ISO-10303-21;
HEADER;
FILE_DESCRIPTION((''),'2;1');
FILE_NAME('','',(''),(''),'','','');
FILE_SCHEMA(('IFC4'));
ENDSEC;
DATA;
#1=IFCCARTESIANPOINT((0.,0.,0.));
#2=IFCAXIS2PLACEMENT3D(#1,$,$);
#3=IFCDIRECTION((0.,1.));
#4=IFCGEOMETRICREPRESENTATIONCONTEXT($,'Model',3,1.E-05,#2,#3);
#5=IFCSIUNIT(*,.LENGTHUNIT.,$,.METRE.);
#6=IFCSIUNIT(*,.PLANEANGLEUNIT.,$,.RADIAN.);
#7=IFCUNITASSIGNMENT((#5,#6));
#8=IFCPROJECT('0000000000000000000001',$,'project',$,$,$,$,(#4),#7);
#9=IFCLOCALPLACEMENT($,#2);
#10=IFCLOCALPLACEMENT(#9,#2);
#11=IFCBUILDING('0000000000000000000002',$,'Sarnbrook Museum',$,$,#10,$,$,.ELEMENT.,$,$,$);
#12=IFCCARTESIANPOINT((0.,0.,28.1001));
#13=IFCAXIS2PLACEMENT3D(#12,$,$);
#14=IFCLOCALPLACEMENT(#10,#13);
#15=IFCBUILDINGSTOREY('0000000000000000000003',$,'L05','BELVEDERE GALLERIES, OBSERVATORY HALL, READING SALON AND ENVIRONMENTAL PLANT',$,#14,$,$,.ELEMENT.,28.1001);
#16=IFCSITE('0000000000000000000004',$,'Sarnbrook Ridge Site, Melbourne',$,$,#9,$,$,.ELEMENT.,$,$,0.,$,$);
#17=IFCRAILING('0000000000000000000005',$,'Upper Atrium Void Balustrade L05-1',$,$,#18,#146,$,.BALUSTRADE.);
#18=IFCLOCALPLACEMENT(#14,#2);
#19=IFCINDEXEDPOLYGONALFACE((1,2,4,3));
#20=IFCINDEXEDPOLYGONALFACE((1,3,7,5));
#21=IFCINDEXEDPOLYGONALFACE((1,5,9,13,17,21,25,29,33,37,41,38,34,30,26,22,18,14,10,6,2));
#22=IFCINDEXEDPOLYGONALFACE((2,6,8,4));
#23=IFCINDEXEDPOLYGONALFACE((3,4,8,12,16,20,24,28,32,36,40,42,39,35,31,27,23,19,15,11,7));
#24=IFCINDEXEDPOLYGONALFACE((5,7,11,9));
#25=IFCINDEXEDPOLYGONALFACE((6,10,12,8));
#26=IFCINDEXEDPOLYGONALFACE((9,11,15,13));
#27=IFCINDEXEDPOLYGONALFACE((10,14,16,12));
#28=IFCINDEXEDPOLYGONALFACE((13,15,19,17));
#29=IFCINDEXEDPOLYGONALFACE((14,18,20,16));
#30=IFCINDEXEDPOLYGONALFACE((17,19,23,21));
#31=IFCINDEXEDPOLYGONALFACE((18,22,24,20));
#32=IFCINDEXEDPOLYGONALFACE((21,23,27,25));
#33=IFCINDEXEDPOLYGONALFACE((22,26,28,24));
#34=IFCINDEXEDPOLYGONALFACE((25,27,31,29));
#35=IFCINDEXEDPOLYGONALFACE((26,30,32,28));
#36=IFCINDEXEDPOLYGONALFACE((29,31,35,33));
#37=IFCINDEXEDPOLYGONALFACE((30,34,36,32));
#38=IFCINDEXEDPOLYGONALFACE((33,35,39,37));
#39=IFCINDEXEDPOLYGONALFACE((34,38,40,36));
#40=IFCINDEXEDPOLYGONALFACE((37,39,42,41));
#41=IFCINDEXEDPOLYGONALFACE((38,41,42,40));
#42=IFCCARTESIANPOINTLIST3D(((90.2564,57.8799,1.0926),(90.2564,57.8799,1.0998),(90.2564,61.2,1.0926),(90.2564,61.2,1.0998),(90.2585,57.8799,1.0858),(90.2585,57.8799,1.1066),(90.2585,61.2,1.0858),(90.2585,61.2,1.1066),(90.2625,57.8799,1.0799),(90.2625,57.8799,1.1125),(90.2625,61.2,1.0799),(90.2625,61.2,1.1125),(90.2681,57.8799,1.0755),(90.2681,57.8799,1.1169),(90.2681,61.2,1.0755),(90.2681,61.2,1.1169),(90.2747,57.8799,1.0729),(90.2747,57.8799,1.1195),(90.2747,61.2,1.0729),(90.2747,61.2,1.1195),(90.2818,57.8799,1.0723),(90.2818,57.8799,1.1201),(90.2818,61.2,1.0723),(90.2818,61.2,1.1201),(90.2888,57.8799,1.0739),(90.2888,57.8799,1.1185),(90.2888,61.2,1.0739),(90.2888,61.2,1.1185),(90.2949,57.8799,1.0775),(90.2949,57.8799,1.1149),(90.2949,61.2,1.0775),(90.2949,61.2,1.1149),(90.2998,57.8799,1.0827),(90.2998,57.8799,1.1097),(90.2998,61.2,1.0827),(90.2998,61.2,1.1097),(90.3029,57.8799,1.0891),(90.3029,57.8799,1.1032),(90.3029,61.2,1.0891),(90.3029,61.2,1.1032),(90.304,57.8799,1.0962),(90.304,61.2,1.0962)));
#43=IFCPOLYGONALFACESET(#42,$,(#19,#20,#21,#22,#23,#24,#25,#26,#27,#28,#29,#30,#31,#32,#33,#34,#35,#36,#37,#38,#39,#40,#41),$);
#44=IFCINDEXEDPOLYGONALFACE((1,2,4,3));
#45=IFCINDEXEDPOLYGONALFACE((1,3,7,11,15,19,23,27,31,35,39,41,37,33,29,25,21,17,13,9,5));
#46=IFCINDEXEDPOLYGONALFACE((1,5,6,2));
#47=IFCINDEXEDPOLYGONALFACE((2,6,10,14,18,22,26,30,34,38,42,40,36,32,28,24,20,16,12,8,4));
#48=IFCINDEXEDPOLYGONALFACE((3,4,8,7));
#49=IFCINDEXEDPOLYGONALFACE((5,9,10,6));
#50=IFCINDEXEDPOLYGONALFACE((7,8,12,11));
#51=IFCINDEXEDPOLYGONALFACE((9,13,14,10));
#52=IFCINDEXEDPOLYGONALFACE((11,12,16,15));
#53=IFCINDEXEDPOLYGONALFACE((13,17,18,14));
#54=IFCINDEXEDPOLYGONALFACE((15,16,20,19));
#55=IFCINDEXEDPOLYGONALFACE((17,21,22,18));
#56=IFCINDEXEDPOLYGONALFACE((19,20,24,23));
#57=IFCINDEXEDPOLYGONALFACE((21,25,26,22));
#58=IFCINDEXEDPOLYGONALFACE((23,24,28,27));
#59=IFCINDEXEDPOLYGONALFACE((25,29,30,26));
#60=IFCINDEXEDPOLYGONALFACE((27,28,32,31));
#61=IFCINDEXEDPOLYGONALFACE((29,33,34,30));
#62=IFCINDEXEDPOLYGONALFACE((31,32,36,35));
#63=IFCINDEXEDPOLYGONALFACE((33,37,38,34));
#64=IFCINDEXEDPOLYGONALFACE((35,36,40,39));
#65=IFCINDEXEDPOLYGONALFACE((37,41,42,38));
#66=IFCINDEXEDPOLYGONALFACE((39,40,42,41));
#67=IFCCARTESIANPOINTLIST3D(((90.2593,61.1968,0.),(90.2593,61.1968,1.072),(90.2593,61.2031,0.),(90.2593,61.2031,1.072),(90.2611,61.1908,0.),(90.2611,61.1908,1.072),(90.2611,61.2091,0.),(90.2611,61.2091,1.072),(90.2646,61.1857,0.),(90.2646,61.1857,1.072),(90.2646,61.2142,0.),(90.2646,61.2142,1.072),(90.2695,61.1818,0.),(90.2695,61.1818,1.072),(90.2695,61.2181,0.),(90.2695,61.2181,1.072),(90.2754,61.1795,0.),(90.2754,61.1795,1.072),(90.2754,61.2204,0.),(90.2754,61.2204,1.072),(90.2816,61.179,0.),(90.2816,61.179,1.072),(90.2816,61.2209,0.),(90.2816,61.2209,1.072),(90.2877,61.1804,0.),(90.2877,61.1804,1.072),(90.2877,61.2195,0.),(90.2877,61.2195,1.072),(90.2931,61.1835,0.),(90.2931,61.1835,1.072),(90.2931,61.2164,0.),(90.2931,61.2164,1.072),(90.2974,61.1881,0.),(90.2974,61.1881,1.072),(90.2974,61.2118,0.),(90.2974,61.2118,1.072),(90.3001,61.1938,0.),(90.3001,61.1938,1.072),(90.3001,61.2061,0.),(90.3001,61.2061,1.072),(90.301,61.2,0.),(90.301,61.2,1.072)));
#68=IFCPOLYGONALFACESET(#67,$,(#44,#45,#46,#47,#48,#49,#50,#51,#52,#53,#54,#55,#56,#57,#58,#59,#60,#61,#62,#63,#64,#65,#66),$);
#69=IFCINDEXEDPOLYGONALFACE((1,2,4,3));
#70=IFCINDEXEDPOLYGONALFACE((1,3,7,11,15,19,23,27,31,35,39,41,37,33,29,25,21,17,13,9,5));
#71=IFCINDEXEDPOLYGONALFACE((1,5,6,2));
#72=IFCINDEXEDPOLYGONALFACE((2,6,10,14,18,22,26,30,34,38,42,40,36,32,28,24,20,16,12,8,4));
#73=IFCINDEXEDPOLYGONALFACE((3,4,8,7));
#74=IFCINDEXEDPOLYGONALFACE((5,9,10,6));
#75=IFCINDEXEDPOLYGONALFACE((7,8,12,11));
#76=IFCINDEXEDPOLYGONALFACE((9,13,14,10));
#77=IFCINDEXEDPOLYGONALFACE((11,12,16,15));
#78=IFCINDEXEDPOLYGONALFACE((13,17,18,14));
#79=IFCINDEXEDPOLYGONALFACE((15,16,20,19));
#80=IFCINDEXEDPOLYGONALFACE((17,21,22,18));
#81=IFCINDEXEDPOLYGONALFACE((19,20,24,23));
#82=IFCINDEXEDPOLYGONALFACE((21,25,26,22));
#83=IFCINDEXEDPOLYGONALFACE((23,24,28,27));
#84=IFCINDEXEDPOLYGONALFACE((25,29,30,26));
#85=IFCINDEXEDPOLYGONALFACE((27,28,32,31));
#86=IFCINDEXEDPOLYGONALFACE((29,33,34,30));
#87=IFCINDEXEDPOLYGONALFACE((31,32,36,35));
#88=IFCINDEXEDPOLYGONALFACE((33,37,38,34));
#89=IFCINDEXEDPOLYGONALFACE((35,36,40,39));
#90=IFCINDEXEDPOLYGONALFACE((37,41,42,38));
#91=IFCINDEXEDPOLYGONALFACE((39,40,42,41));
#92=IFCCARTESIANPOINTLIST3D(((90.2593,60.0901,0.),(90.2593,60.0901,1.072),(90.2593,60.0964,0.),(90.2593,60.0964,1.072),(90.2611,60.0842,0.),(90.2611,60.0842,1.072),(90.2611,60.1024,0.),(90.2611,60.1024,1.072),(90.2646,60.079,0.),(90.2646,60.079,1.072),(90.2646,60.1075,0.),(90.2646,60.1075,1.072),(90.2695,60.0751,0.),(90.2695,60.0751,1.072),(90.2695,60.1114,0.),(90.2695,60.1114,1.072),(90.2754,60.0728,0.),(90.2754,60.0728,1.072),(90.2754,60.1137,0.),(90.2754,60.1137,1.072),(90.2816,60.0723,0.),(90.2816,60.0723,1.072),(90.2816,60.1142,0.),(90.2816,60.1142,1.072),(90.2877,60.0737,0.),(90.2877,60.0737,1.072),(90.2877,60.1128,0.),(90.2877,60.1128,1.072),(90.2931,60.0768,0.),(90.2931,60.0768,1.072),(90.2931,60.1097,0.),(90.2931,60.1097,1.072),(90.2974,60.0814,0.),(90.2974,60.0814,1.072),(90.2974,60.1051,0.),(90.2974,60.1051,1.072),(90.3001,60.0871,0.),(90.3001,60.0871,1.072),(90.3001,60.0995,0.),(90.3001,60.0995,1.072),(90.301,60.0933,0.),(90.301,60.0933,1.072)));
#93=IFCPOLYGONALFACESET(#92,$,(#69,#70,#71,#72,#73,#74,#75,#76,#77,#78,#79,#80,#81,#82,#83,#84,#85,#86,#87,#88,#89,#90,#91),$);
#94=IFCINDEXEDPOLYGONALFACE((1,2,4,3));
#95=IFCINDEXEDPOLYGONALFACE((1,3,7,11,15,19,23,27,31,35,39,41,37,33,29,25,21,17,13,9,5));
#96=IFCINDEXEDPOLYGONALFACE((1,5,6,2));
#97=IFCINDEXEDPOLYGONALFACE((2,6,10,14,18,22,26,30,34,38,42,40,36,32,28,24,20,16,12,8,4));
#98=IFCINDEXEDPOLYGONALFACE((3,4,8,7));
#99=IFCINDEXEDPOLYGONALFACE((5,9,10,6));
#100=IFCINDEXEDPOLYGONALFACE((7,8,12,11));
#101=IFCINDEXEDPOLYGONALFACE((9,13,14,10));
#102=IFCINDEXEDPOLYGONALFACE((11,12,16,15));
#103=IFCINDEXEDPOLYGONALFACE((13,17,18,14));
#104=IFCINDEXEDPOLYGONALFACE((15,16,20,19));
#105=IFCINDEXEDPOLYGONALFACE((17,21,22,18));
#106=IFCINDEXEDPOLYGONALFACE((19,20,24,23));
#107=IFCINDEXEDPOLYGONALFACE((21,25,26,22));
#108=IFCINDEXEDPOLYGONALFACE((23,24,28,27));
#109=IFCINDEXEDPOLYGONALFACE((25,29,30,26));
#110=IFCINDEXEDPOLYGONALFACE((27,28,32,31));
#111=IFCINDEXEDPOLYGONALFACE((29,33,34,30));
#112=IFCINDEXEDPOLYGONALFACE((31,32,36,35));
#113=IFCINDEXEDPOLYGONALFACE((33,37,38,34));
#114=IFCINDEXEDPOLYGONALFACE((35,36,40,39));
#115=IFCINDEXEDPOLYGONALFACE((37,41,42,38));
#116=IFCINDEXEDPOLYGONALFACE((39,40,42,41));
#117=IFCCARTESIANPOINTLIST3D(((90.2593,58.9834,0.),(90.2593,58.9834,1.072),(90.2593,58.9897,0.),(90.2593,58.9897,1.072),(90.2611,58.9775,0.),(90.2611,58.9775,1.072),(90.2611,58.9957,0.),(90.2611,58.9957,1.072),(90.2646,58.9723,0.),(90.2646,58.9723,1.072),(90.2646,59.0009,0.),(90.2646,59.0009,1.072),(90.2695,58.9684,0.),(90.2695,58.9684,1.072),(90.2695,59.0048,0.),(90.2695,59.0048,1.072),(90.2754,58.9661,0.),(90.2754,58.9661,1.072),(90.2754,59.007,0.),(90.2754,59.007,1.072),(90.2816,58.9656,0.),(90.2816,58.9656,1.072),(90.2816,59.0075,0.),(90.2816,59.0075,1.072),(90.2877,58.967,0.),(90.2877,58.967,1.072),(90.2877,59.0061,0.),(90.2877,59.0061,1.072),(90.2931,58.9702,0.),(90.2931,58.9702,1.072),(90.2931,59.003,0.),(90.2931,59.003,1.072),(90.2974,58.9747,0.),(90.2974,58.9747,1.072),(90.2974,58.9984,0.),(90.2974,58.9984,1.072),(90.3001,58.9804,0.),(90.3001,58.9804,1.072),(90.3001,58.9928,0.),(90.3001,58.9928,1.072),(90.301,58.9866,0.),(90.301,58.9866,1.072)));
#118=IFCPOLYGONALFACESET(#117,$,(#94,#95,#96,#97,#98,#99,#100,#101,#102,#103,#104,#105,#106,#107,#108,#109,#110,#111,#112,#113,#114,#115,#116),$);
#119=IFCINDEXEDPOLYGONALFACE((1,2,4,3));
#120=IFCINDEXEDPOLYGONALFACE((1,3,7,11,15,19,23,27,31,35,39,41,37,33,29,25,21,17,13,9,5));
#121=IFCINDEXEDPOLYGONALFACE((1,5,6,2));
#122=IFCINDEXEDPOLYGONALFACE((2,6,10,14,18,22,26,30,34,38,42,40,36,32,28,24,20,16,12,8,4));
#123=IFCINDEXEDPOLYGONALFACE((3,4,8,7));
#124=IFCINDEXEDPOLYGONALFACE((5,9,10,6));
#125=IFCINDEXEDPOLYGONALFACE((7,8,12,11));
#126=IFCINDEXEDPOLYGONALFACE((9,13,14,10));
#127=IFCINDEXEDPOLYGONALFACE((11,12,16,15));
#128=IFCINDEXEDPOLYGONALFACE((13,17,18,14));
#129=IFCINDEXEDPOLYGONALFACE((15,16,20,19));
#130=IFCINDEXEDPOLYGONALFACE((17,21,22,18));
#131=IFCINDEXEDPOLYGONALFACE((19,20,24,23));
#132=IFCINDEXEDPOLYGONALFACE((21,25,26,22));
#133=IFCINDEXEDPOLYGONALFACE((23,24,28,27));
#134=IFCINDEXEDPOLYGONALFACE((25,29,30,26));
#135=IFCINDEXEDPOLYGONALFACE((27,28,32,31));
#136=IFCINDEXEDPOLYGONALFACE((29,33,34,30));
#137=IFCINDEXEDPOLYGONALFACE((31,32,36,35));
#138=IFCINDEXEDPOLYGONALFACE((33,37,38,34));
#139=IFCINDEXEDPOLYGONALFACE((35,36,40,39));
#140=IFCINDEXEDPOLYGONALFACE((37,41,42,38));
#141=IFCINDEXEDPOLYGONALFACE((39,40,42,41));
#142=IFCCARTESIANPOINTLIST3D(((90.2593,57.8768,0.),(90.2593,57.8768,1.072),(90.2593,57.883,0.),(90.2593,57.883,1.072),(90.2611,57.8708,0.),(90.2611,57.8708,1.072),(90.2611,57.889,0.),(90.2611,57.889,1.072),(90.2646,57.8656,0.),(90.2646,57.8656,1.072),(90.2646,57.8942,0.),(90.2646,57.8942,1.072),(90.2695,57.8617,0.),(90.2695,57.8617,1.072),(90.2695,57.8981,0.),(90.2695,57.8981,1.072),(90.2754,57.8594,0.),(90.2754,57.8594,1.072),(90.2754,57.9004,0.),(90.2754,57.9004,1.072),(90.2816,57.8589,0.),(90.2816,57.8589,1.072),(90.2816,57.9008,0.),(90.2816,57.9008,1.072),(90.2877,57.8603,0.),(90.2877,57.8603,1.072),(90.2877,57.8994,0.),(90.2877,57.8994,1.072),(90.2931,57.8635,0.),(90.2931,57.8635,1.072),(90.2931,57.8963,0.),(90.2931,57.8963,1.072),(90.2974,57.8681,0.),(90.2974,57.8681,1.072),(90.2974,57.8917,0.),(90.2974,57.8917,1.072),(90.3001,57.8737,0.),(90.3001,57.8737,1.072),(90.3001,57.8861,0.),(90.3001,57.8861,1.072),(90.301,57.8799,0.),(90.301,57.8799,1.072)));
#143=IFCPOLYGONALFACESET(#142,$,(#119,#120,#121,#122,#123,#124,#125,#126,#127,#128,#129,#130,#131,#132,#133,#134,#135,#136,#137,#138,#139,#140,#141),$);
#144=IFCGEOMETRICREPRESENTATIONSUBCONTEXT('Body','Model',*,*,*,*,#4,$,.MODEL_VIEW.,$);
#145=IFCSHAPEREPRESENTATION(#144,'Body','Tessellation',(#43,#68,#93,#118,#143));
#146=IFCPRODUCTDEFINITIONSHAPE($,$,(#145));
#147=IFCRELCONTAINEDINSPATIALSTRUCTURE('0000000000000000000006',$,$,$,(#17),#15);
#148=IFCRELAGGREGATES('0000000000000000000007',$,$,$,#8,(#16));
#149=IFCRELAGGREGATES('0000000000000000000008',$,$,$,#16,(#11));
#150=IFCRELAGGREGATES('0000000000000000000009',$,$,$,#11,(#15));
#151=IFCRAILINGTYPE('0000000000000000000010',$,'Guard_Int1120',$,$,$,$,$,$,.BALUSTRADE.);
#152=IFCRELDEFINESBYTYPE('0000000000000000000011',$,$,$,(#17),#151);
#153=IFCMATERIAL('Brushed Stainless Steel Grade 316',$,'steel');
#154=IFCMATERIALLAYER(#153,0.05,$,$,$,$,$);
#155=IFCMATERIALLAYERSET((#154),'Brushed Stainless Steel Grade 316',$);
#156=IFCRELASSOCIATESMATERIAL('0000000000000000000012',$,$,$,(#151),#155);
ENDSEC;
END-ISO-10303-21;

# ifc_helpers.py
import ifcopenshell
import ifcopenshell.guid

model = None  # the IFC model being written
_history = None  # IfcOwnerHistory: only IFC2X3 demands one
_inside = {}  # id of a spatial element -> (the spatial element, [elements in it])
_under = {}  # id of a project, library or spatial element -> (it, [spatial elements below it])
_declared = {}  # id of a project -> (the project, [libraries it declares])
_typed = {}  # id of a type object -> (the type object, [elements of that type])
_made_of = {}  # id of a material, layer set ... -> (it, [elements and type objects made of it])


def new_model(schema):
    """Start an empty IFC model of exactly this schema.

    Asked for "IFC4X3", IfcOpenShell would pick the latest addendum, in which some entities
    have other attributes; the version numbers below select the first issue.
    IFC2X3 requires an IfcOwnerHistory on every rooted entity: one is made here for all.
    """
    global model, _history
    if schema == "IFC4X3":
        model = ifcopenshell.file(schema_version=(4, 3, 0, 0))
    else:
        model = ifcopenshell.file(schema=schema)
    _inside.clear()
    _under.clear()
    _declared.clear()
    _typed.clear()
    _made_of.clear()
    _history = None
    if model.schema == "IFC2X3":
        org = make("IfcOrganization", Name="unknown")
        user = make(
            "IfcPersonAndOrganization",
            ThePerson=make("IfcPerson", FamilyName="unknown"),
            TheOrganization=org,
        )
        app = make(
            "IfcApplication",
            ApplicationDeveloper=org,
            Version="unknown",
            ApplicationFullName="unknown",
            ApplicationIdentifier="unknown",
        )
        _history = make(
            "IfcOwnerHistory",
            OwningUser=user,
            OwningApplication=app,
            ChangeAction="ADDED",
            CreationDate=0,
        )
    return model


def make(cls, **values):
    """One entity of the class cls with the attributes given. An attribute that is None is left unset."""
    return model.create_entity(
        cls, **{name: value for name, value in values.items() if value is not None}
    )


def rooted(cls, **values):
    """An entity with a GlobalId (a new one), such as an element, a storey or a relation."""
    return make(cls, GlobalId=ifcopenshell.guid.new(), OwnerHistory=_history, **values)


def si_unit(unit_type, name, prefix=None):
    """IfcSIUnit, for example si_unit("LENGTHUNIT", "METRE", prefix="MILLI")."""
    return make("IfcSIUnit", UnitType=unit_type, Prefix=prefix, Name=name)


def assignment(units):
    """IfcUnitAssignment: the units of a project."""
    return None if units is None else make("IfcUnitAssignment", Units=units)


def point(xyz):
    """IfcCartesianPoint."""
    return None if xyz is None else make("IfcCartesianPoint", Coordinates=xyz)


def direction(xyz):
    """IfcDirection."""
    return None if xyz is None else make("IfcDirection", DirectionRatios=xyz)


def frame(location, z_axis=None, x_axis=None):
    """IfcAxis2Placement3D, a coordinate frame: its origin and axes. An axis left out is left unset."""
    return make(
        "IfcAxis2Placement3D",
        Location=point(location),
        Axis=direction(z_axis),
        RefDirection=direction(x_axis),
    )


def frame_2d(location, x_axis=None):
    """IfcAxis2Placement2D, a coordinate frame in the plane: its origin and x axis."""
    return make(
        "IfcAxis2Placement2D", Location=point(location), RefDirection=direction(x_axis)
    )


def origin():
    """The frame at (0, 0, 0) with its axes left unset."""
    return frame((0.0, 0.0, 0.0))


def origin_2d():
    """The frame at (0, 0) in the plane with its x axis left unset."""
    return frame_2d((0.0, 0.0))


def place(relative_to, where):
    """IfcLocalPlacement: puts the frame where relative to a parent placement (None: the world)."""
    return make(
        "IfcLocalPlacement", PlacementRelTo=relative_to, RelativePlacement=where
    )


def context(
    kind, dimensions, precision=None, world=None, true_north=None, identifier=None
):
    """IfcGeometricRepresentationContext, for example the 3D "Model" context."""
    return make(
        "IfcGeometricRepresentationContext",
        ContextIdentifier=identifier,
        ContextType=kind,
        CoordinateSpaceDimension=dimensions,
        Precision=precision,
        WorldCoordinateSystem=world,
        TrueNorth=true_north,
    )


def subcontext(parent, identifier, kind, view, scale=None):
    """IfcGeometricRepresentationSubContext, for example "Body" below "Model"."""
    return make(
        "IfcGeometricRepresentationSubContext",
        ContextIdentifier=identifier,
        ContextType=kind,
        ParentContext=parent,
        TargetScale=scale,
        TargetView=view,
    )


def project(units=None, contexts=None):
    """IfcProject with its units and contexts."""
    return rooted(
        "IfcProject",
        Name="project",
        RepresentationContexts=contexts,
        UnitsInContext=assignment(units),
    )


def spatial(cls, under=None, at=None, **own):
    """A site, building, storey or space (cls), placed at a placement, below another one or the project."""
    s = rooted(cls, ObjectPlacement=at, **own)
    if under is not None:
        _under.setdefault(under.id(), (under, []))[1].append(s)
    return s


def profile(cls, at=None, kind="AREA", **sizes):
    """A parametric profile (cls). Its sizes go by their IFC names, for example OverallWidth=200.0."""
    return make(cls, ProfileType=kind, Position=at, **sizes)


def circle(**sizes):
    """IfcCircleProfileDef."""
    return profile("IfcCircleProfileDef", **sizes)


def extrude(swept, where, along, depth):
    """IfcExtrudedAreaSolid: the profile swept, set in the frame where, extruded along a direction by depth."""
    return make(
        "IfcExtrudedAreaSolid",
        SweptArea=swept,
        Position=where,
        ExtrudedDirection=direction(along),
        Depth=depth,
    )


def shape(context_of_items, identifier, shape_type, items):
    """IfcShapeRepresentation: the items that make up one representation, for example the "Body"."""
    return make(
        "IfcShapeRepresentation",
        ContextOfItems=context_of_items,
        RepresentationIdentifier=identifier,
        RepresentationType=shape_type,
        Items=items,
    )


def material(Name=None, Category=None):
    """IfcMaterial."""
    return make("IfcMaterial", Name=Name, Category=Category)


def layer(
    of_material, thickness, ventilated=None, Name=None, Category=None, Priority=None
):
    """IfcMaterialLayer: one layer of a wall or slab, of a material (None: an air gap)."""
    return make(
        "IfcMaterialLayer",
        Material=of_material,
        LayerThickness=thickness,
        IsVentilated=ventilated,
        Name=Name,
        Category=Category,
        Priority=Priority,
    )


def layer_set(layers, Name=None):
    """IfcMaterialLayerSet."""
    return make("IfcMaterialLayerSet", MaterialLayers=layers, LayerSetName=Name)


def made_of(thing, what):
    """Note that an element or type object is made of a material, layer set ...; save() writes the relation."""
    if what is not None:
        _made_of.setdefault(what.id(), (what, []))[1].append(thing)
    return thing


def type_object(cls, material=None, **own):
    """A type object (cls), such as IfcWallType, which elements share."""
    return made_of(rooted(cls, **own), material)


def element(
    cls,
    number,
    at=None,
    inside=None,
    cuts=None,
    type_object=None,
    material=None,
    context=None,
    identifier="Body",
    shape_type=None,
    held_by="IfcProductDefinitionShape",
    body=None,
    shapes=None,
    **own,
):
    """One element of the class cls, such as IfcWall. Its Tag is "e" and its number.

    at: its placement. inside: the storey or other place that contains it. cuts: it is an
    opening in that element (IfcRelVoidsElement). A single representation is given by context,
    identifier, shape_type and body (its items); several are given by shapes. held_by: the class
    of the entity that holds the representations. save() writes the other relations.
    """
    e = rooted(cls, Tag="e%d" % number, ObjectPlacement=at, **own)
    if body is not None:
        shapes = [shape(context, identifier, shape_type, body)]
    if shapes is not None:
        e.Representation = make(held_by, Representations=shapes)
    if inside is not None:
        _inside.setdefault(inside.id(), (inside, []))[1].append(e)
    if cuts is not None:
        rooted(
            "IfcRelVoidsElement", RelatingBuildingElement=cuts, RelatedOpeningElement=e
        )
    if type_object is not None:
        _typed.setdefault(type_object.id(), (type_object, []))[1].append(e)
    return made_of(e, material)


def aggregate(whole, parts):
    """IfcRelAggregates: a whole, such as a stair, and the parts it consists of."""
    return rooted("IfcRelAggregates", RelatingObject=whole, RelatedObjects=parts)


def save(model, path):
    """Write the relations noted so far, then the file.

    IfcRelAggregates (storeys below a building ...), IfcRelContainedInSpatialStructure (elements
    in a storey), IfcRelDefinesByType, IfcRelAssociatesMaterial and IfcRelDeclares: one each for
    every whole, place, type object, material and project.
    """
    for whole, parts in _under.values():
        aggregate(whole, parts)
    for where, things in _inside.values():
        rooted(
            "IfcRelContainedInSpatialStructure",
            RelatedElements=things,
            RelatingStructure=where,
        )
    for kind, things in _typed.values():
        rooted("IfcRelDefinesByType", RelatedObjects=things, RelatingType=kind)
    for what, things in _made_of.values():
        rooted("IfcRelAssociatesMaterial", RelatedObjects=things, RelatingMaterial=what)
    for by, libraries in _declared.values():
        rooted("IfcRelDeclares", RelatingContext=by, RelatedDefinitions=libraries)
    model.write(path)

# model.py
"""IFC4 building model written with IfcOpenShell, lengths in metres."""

from ifc_helpers import new_model, si_unit, direction, frame, origin, origin_2d, place, context, subcontext, project, spatial, circle, extrude, material, layer, layer_set, type_object, element, save


model = new_model("IFC4")

# Units and contexts
model_context = context("Model", 3, precision=1e-05, world=origin(), true_north=direction((0.0, 1.0)))
body_context = subcontext(model_context, "Body", "Model", "MODEL_VIEW")
ifc_project = project(units=[si_unit("LENGTHUNIT", "METRE"), si_unit("PLANEANGLEUNIT", "RADIAN")], contexts=[model_context])

# Site, building, storey
site_placement = place(None, origin())
site = spatial("IfcSite", under=ifc_project, at=site_placement, Name="Sarnbrook Ridge Site, Melbourne", CompositionType="ELEMENT", RefElevation=0.0)
building_placement = place(site_placement, origin())
building = spatial("IfcBuilding", under=site, at=building_placement, Name="Sarnbrook Museum", CompositionType="ELEMENT")
storey_placement = place(building_placement, frame((0.0, 0.0, 28.1001)))
storey = spatial("IfcBuildingStorey", under=building, at=storey_placement, Name="L05", Description="BELVEDERE GALLERIES, OBSERVATORY HALL, READING SALON AND ENVIRONMENTAL PLANT", CompositionType="ELEMENT", Elevation=28.1001)

# Railing
ifc_material_1 = material(Name="Brushed Stainless Steel Grade 316", Category="steel")
ifc_layer_1 = layer(ifc_material_1, 0.05)
ifc_layer_set_1 = layer_set([ifc_layer_1], Name="Brushed Stainless Steel Grade 316")
railing_type_1 = type_object("IfcRailingType", Name="Guard_Int1120", PredefinedType="BALUSTRADE", material=ifc_layer_set_1)
railing_1_placement = place(storey_placement, frame((90.28, 61.2, 0.0)))
element("IfcRailing", 1, at=railing_1_placement, inside=storey, type_object=railing_type_1, Name="Upper Atrium Void Balustrade L05-1", PredefinedType="BALUSTRADE", context=body_context, shape_type="SweptSolid", body=[
    extrude(circle(Radius=0.0239, at=origin_2d()), frame((0.0, 0.0, 1.0962), z_axis=(0.0, -1.0, 0.0), x_axis=(1.0, 0.0, 0.0)), (0.0, 0.0, 1.0), 3.3201),
    extrude(circle(Radius=0.021, at=origin_2d()), origin(), (0.0, 0.0, 1.0), 1.072),
    extrude(circle(Radius=0.021, at=origin_2d()), frame((0.0, -1.1067, 0.0)), (0.0, 0.0, 1.0), 1.072),
    extrude(circle(Radius=0.021, at=origin_2d()), frame((0.0, -2.2134, 0.0)), (0.0, 0.0, 1.0), 1.072),
    extrude(circle(Radius=0.021, at=origin_2d()), frame((0.0, -3.3201, 0.0)), (0.0, 0.0, 1.0), 1.072),
])

save(model, "model.ifc")
